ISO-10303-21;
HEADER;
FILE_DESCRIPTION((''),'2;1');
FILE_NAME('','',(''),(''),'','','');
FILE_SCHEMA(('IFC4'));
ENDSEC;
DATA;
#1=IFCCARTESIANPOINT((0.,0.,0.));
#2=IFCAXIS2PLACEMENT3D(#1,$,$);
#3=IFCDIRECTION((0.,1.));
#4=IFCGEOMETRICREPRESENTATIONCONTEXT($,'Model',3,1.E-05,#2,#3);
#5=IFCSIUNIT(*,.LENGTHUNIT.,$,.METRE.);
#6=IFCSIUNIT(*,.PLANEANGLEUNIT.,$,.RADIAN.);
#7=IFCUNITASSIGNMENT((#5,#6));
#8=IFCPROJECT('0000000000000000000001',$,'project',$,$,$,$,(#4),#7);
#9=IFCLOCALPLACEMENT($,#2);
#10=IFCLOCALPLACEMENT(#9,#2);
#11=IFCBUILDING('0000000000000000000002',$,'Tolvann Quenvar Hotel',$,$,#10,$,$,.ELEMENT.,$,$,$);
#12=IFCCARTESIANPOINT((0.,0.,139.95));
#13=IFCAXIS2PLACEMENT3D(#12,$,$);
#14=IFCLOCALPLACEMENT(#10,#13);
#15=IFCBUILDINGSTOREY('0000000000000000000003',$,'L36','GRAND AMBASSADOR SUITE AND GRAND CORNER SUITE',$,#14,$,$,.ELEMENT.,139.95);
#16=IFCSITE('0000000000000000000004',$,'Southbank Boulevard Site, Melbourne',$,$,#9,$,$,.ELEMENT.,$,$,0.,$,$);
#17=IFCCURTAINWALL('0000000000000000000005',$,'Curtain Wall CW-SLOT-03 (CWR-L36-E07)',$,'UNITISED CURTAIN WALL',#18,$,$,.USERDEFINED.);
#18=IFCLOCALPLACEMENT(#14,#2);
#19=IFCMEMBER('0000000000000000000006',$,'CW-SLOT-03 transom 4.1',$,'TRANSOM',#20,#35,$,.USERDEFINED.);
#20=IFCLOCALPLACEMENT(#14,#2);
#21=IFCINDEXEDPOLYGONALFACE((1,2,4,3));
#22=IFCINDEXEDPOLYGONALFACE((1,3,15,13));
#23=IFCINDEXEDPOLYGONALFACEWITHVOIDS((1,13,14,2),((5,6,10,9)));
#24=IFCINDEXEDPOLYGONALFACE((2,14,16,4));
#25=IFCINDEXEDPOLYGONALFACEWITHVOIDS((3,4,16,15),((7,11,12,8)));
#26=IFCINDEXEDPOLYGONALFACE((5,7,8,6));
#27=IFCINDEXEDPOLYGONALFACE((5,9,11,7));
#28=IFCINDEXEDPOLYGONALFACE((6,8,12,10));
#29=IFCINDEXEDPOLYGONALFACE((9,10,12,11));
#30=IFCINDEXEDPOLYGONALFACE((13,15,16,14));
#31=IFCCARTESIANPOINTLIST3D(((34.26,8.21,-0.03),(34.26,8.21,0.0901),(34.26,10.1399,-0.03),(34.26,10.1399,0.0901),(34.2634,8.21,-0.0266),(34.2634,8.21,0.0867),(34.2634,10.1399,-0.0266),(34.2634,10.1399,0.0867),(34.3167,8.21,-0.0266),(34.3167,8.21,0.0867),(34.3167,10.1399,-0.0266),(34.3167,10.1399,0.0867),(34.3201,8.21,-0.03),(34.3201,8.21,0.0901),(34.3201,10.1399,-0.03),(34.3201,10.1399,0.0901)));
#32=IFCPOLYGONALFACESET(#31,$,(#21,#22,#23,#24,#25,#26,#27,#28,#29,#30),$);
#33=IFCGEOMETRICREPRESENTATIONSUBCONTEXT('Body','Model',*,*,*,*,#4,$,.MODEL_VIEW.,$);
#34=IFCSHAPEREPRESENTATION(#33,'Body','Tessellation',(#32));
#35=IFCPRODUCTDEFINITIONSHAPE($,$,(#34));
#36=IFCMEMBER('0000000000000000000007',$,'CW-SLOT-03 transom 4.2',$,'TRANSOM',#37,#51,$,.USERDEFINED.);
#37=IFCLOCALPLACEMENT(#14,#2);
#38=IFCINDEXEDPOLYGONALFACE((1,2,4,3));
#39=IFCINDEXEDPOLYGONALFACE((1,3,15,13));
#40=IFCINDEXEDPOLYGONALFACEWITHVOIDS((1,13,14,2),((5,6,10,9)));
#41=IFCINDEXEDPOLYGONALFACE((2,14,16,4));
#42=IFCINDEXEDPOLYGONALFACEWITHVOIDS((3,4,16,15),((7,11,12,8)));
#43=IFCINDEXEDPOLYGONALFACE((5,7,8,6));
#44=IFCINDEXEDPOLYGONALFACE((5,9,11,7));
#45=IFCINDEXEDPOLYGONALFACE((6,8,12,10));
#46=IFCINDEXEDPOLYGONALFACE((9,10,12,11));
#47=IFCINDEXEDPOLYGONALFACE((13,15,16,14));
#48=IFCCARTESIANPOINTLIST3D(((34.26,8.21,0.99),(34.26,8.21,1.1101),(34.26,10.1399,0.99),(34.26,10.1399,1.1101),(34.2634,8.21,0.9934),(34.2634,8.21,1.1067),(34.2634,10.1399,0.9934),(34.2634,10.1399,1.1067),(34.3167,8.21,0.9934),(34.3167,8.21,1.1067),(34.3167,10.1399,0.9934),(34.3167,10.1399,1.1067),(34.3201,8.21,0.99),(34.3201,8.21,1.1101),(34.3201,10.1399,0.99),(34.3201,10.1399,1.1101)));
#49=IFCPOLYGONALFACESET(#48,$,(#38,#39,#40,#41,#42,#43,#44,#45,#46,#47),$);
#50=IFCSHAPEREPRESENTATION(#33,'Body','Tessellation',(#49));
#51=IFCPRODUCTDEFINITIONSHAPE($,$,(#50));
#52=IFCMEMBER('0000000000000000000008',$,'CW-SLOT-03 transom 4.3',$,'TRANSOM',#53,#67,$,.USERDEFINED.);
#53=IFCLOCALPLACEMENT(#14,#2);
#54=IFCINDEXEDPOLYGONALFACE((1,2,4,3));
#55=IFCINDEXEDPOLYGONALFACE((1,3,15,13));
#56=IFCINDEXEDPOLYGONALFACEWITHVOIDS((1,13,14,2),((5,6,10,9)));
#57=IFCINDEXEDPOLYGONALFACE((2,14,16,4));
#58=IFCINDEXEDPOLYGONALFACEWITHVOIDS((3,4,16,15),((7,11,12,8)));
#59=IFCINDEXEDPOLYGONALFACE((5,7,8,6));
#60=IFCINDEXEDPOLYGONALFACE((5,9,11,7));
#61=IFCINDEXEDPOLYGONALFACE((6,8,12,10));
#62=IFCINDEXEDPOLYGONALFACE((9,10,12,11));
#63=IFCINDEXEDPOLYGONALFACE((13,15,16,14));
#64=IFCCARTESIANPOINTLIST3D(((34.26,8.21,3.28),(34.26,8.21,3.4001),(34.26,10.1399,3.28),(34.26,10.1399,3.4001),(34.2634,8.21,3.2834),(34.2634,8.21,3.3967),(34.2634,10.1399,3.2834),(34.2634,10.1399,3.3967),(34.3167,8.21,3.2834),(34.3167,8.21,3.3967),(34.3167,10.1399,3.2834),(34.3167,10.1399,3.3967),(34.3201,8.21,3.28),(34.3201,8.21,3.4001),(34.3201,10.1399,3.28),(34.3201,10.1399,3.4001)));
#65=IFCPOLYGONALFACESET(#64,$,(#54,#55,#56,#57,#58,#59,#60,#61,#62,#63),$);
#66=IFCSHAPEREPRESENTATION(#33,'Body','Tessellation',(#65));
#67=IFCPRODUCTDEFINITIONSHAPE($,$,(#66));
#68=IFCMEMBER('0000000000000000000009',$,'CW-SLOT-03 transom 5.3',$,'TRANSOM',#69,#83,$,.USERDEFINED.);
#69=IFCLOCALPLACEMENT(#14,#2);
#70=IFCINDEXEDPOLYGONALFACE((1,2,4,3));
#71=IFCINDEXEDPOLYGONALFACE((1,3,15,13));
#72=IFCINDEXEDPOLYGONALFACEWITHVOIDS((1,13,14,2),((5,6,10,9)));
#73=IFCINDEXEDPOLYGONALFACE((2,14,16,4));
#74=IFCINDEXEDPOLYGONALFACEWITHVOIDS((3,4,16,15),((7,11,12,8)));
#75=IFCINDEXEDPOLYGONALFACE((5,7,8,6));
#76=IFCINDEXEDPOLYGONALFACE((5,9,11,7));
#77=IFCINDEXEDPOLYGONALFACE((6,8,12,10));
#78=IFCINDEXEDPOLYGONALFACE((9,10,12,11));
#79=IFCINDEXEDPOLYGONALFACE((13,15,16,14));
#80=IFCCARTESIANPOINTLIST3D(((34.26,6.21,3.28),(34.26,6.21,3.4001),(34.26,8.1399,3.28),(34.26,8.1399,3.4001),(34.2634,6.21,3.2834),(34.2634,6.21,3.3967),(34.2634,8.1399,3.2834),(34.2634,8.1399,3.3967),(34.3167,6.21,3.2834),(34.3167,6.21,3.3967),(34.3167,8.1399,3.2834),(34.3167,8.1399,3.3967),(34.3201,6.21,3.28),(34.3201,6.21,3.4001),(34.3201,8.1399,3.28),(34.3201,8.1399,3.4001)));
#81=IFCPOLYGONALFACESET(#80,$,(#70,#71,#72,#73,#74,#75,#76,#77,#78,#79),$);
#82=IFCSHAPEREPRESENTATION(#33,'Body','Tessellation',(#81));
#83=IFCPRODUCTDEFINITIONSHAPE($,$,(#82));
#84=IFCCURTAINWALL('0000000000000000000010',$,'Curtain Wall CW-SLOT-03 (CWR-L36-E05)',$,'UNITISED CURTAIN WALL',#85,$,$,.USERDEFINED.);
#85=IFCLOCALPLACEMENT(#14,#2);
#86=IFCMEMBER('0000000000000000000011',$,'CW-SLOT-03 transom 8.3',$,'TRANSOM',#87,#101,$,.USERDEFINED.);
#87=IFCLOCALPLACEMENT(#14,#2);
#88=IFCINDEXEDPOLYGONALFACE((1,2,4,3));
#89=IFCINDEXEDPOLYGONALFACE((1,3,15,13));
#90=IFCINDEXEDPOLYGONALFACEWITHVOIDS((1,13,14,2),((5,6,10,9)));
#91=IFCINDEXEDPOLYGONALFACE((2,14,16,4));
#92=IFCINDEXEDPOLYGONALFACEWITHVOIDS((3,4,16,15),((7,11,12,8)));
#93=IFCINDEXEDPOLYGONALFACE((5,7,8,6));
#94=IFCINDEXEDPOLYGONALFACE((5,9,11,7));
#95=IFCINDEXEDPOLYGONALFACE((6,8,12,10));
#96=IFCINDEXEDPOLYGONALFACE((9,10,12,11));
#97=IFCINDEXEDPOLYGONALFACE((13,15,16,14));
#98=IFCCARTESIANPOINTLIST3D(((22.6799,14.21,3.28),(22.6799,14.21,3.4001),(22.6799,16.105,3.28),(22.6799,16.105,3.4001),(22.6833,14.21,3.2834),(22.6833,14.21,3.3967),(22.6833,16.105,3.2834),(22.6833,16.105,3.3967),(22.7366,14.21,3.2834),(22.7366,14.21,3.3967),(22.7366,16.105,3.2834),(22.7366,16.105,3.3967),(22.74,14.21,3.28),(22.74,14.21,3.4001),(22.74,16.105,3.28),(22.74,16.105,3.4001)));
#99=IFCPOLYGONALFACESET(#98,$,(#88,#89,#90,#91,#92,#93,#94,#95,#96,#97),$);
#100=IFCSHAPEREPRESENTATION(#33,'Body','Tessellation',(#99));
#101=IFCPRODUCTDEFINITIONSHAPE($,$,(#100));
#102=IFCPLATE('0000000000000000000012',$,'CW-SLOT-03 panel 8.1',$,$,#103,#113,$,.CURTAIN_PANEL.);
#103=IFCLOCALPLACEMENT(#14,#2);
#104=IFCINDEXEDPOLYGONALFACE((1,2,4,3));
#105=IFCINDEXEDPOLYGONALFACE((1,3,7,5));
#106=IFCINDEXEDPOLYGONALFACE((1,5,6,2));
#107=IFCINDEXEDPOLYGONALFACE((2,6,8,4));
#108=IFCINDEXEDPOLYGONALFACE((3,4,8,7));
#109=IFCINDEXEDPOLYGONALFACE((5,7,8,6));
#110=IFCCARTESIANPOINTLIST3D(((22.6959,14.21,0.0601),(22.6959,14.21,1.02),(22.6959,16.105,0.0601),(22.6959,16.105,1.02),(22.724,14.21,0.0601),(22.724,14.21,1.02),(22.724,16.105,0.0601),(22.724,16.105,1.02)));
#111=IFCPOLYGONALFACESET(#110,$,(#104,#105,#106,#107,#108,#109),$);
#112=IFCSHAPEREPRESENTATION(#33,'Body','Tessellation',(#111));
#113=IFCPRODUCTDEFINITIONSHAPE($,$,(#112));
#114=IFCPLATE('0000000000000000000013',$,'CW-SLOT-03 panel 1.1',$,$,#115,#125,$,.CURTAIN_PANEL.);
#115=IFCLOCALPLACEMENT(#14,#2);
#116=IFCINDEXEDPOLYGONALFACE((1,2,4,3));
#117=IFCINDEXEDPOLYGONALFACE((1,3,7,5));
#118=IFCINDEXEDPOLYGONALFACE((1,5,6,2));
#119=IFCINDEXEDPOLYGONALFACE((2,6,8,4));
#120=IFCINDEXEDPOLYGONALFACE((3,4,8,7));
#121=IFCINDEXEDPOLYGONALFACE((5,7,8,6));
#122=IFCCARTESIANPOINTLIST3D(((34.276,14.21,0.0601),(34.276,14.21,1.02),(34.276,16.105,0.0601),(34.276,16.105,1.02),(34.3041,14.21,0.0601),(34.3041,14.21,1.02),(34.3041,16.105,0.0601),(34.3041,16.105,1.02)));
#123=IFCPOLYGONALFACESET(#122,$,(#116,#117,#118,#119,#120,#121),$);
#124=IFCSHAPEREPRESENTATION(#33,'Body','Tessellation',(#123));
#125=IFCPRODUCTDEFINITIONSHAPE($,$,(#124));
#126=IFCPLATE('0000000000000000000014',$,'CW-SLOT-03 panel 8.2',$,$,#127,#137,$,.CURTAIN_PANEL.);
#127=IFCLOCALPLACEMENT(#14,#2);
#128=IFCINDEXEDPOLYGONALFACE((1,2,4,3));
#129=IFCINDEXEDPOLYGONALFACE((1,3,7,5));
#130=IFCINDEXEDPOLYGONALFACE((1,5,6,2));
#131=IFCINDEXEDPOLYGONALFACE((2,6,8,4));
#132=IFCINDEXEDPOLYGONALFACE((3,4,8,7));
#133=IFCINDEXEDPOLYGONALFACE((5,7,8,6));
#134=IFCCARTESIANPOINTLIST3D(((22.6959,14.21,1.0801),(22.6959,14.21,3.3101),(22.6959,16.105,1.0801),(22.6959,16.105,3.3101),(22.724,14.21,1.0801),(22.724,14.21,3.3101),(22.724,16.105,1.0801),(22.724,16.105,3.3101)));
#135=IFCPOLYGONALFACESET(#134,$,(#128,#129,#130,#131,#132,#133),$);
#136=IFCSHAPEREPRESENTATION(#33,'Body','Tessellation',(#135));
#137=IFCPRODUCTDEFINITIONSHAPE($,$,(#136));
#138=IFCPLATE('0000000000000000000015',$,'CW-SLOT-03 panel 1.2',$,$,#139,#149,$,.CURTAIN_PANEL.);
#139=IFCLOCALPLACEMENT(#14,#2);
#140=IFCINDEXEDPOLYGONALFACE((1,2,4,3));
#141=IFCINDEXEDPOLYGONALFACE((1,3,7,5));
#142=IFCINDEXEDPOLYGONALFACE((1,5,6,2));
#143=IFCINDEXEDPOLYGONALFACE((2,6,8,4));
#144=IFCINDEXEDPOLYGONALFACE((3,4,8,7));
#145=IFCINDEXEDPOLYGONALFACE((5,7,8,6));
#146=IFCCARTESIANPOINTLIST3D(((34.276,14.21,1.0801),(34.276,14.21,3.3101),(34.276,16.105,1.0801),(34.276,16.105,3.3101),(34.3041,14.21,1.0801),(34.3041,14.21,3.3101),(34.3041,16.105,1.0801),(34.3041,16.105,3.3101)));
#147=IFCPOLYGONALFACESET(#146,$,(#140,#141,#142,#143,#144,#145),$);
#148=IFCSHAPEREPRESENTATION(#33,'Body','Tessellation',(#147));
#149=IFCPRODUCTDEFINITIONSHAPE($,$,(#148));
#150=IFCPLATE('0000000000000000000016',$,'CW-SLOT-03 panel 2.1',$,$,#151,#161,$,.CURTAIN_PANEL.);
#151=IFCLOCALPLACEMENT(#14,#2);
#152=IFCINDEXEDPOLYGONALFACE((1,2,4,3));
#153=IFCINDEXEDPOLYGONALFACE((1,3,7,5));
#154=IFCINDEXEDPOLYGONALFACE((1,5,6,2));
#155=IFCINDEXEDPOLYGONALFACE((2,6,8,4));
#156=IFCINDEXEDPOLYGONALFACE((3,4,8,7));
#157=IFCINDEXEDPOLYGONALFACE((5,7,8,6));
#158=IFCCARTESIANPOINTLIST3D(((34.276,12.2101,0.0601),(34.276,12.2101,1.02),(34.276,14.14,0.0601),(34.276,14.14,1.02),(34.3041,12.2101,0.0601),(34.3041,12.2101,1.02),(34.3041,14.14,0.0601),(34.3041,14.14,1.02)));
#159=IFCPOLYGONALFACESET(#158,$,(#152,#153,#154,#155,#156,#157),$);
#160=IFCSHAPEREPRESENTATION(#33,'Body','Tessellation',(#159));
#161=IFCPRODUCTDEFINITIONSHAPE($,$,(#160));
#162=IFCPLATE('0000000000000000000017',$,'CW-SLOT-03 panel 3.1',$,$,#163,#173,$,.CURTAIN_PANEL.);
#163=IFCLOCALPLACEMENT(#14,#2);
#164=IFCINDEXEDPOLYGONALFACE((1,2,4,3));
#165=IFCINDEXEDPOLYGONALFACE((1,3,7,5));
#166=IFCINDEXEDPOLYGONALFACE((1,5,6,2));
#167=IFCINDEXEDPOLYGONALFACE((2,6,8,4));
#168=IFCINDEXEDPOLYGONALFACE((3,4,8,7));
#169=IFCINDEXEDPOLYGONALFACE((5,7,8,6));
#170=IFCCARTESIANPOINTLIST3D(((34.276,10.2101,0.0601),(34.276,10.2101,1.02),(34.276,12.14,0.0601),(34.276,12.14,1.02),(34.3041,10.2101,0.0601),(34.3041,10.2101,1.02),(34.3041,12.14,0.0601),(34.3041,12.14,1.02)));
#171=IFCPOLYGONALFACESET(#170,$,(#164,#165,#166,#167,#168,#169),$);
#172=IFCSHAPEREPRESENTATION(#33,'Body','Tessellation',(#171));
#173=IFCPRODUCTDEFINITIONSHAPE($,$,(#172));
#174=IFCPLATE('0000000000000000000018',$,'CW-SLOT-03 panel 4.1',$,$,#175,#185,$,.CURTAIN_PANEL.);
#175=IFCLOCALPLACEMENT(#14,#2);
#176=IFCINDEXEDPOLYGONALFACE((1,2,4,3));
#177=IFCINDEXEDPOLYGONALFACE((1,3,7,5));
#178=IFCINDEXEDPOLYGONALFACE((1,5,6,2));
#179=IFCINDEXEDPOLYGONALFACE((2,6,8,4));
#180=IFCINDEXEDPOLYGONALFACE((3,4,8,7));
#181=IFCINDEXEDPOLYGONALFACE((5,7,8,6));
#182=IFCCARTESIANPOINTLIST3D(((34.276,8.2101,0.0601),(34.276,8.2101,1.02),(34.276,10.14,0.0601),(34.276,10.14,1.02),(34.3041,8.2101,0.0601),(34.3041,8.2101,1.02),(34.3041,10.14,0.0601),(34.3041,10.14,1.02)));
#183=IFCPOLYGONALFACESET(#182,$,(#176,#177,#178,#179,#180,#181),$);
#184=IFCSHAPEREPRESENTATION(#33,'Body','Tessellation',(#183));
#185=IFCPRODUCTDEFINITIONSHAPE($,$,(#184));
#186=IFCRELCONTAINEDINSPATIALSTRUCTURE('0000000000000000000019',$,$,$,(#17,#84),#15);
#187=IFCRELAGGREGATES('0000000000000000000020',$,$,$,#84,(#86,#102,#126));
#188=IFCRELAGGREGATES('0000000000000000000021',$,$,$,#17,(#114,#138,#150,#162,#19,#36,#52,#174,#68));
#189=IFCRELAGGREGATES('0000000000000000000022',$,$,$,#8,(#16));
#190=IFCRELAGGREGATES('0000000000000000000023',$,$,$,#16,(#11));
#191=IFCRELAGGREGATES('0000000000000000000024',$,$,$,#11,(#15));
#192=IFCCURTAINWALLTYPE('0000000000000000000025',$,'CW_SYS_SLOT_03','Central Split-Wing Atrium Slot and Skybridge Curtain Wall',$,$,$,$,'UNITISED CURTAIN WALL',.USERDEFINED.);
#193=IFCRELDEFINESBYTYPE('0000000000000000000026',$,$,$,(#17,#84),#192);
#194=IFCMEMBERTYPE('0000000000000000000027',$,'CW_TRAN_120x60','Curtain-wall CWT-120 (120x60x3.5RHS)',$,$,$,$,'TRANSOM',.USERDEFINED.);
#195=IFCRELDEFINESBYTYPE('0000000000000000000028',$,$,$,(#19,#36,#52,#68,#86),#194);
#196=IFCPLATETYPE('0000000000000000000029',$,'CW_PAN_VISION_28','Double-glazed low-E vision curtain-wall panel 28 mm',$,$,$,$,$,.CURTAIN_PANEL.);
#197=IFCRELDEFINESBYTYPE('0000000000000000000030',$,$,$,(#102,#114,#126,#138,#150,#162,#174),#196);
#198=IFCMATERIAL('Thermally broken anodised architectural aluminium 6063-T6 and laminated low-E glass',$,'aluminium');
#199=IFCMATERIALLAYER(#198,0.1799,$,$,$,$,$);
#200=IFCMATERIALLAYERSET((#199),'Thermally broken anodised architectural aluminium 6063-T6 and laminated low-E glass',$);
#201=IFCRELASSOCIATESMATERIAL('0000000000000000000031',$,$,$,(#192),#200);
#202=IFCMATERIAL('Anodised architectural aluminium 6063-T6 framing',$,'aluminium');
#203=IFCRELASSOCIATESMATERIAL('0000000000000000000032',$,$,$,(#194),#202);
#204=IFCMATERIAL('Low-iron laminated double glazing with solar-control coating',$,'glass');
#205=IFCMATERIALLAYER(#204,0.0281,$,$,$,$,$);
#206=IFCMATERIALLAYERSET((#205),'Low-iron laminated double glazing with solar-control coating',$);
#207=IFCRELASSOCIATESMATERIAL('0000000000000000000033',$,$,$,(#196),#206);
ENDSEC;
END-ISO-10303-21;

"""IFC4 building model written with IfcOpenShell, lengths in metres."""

from ifc_helpers import new_model, si_unit, direction, frame, origin, origin_2d, place, context, subcontext, project, spatial, rectangle, hollow_rectangle, extrude, source, transform, mapped, material, layer, layer_set, material_profile, profile_set, type_object, type_shapes, element, aggregate, save


model = new_model("IFC4")

# Units and contexts
model_context = context("Model", 3, precision=1e-05, world=origin(), true_north=direction((0.0, 1.0)))
body_context = subcontext(model_context, "Body", "Model", "MODEL_VIEW")
ifc_project = project(units=[si_unit("LENGTHUNIT", "METRE"), si_unit("PLANEANGLEUNIT", "RADIAN")], contexts=[model_context])

# Site, building, storey
site_placement = place(None, origin())
site = spatial("IfcSite", under=ifc_project, at=site_placement, Name="Southbank Boulevard Site, Melbourne", CompositionType="ELEMENT", RefElevation=0.0)
building_placement = place(site_placement, origin())
building = spatial("IfcBuilding", under=site, at=building_placement, Name="Tolvann Quenvar Hotel", CompositionType="ELEMENT")
storey_placement = place(building_placement, frame((0.0, 0.0, 139.95)))
storey = spatial("IfcBuildingStorey", under=building, at=storey_placement, Name="L36", Description="GRAND AMBASSADOR SUITE AND GRAND CORNER SUITE", CompositionType="ELEMENT", Elevation=139.95)

# Curtain wall, members
ifc_material_1 = material(Name="Thermally broken anodised architectural aluminium 6063-T6 and laminated low-E glass", Category="aluminium")
ifc_layer_1 = layer(ifc_material_1, 0.1799)
ifc_layer_set_1 = layer_set([ifc_layer_1], Name="Thermally broken anodised architectural aluminium 6063-T6 and laminated low-E glass")
curtain_wall_type = type_object("IfcCurtainWallType", Name="CW_SYS_SLOT_03", Description="Central Split-Wing Atrium Slot and Skybridge Curtain Wall", ElementType="UNITISED CURTAIN WALL", PredefinedType="USERDEFINED", material=ifc_layer_set_1)
curtain_wall_1_placement = place(storey_placement, origin())
curtain_wall_1 = element("IfcCurtainWall", 1, at=curtain_wall_1_placement, inside=storey, type_object=curtain_wall_type, Name="Curtain Wall CW-SLOT-03 (CWR-L36-E07)", ObjectType="UNITISED CURTAIN WALL", PredefinedType="USERDEFINED")
ifc_material_2 = material(Name="Anodised architectural aluminium 6063-T6 framing", Category="aluminium")
ifc_material_profile_1 = material_profile(ifc_material_2, hollow_rectangle(XDim=0.0601, YDim=0.1201, WallThickness=0.0034, at=origin_2d()), Name="120x60x3.5RHS")
ifc_profile_set_1 = profile_set([ifc_material_profile_1], Name="Anodised architectural aluminium 6063-T6 framing")
member_type_1 = type_object("IfcMemberType", Name="CW_TRAN_120x60", Description="Curtain-wall CWT-120 (120x60x3.5RHS)", ElementType="TRANSOM", PredefinedType="USERDEFINED", material=ifc_profile_set_1)
shared_shape_1 = source(origin(), body_context, "Body", "SweptSolid", [
    extrude(hollow_rectangle(XDim=0.0601, YDim=0.1201, WallThickness=0.0034, at=origin_2d()), origin(), (0.0, 0.0, 1.0), 1.9299),
])
member_1_placement = place(storey_placement, frame((34.29, 10.1399, 0.03), z_axis=(0.0, -1.0, 0.0), x_axis=(1.0, 0.0, 0.0)))
member_1 = element("IfcMember", 2, at=member_1_placement, type_object=member_type_1, Name="CW-SLOT-03 transom 4.1", ObjectType="TRANSOM", PredefinedType="USERDEFINED", context=body_context, shape_type="MappedRepresentation", body=[
    mapped(shared_shape_1, transform((0.0, 0.0, 0.0), x_axis=(1.0, 0.0, 0.0), y_axis=(0.0, 1.0, 0.0), z_axis=(0.0, 0.0, 1.0), scale=1.0)),
])
member_2_placement = place(storey_placement, frame((34.29, 10.1399, 1.05), z_axis=(0.0, -1.0, 0.0), x_axis=(1.0, 0.0, 0.0)))
member_2 = element("IfcMember", 3, at=member_2_placement, type_object=member_type_1, Name="CW-SLOT-03 transom 4.2", ObjectType="TRANSOM", PredefinedType="USERDEFINED", context=body_context, shape_type="MappedRepresentation", body=[
    mapped(shared_shape_1, transform((0.0, 0.0, 0.0), x_axis=(1.0, 0.0, 0.0), y_axis=(0.0, 1.0, 0.0), z_axis=(0.0, 0.0, 1.0), scale=1.0)),
])
member_3_placement = place(storey_placement, frame((34.29, 10.1399, 3.3401), z_axis=(0.0, -1.0, 0.0), x_axis=(1.0, 0.0, 0.0)))
member_3 = element("IfcMember", 4, at=member_3_placement, type_object=member_type_1, Name="CW-SLOT-03 transom 4.3", ObjectType="TRANSOM", PredefinedType="USERDEFINED", context=body_context, shape_type="MappedRepresentation", body=[
    mapped(shared_shape_1, transform((0.0, 0.0, 0.0), x_axis=(1.0, 0.0, 0.0), y_axis=(0.0, 1.0, 0.0), z_axis=(0.0, 0.0, 1.0), scale=1.0)),
])
member_4_placement = place(storey_placement, frame((34.29, 8.1399, 3.3401), z_axis=(0.0, -1.0, 0.0), x_axis=(1.0, 0.0, 0.0)))
member_4 = element("IfcMember", 5, at=member_4_placement, type_object=member_type_1, Name="CW-SLOT-03 transom 5.3", ObjectType="TRANSOM", PredefinedType="USERDEFINED", context=body_context, shape_type="MappedRepresentation", body=[
    mapped(shared_shape_1, transform((0.0, 0.0, 0.0), x_axis=(1.0, 0.0, 0.0), y_axis=(0.0, 1.0, 0.0), z_axis=(0.0, 0.0, 1.0), scale=1.0)),
])

# Curtain wall, member, plate
curtain_wall_2_placement = place(storey_placement, origin())
curtain_wall_2 = element("IfcCurtainWall", 6, at=curtain_wall_2_placement, inside=storey, type_object=curtain_wall_type, Name="Curtain Wall CW-SLOT-03 (CWR-L36-E05)", ObjectType="UNITISED CURTAIN WALL", PredefinedType="USERDEFINED")
shared_shape_2 = source(origin(), body_context, "Body", "SweptSolid", [
    extrude(hollow_rectangle(XDim=0.0601, YDim=0.1201, WallThickness=0.0034, at=origin_2d()), origin(), (0.0, 0.0, 1.0), 1.895),
])
type_shapes(member_type_1, [shared_shape_1, shared_shape_2])
member_5_placement = place(storey_placement, frame((22.71, 14.21, 3.3401), z_axis=(0.0, 1.0, 0.0), x_axis=(-1.0, 0.0, 0.0)))
member_5 = element("IfcMember", 7, at=member_5_placement, type_object=member_type_1, Name="CW-SLOT-03 transom 8.3", ObjectType="TRANSOM", PredefinedType="USERDEFINED", context=body_context, shape_type="MappedRepresentation", body=[
    mapped(shared_shape_2, transform((0.0, 0.0, 0.0), x_axis=(1.0, 0.0, 0.0), y_axis=(0.0, 1.0, 0.0), z_axis=(0.0, 0.0, 1.0), scale=1.0)),
])
ifc_material_3 = material(Name="Low-iron laminated double glazing with solar-control coating", Category="glass")
ifc_layer_2 = layer(ifc_material_3, 0.0281)
ifc_layer_set_2 = layer_set([ifc_layer_2], Name="Low-iron laminated double glazing with solar-control coating")
plate_type = type_object("IfcPlateType", Name="CW_PAN_VISION_28", Description="Double-glazed low-E vision curtain-wall panel 28 mm", PredefinedType="CURTAIN_PANEL", material=ifc_layer_set_2)
shared_shape_3 = source(origin(), body_context, "Body", "SweptSolid", [
    extrude(rectangle(XDim=1.895, YDim=0.0281, at=origin_2d()), origin(), (0.0, 0.0, 1.0), 0.96),
])
plate_1_placement = place(storey_placement, frame((22.71, 15.1575, 0.0601), z_axis=(0.0, 0.0, 1.0), x_axis=(0.0, 1.0, 0.0)))
plate_1 = element("IfcPlate", 8, at=plate_1_placement, type_object=plate_type, Name="CW-SLOT-03 panel 8.1", PredefinedType="CURTAIN_PANEL", context=body_context, shape_type="MappedRepresentation", body=[
    mapped(shared_shape_3, transform((0.0, 0.0, 0.0), x_axis=(1.0, 0.0, 0.0), y_axis=(0.0, 1.0, 0.0), z_axis=(0.0, 0.0, 1.0), scale=1.0)),
])

# Plates
plate_2_placement = place(storey_placement, frame((34.29, 15.1575, 0.0601), z_axis=(0.0, 0.0, 1.0), x_axis=(0.0, -1.0, 0.0)))
plate_2 = element("IfcPlate", 9, at=plate_2_placement, type_object=plate_type, Name="CW-SLOT-03 panel 1.1", PredefinedType="CURTAIN_PANEL", context=body_context, shape_type="MappedRepresentation", body=[
    mapped(shared_shape_3, transform((0.0, 0.0, 0.0), x_axis=(1.0, 0.0, 0.0), y_axis=(0.0, 1.0, 0.0), z_axis=(0.0, 0.0, 1.0), scale=1.0)),
])
shared_shape_4 = source(origin(), body_context, "Body", "SweptSolid", [
    extrude(rectangle(XDim=1.895, YDim=0.0281, at=origin_2d()), origin(), (0.0, 0.0, 1.0), 2.23),
])
plate_3_placement = place(storey_placement, frame((22.71, 15.1575, 1.0801), z_axis=(0.0, 0.0, 1.0), x_axis=(0.0, 1.0, 0.0)))
plate_3 = element("IfcPlate", 10, at=plate_3_placement, type_object=plate_type, Name="CW-SLOT-03 panel 8.2", PredefinedType="CURTAIN_PANEL", context=body_context, shape_type="MappedRepresentation", body=[
    mapped(shared_shape_4, transform((0.0, 0.0, 0.0), x_axis=(1.0, 0.0, 0.0), y_axis=(0.0, 1.0, 0.0), z_axis=(0.0, 0.0, 1.0), scale=1.0)),
])
aggregate(curtain_wall_2, [member_5, plate_1, plate_3])
plate_4_placement = place(storey_placement, frame((34.29, 15.1575, 1.0801), z_axis=(0.0, 0.0, 1.0), x_axis=(0.0, -1.0, 0.0)))
plate_4 = element("IfcPlate", 11, at=plate_4_placement, type_object=plate_type, Name="CW-SLOT-03 panel 1.2", PredefinedType="CURTAIN_PANEL", context=body_context, shape_type="MappedRepresentation", body=[
    mapped(shared_shape_4, transform((0.0, 0.0, 0.0), x_axis=(1.0, 0.0, 0.0), y_axis=(0.0, 1.0, 0.0), z_axis=(0.0, 0.0, 1.0), scale=1.0)),
])
shared_shape_5 = source(origin(), body_context, "Body", "SweptSolid", [
    extrude(rectangle(XDim=1.9299, YDim=0.0281, at=origin_2d()), origin(), (0.0, 0.0, 1.0), 0.96),
])
plate_5_placement = place(storey_placement, frame((34.29, 13.175, 0.0601), z_axis=(0.0, 0.0, 1.0), x_axis=(0.0, -1.0, 0.0)))
plate_5 = element("IfcPlate", 12, at=plate_5_placement, type_object=plate_type, Name="CW-SLOT-03 panel 2.1", PredefinedType="CURTAIN_PANEL", context=body_context, shape_type="MappedRepresentation", body=[
    mapped(shared_shape_5, transform((0.0, 0.0, 0.0), x_axis=(1.0, 0.0, 0.0), y_axis=(0.0, 1.0, 0.0), z_axis=(0.0, 0.0, 1.0), scale=1.0)),
])
plate_6_placement = place(storey_placement, frame((34.29, 11.175, 0.0601), z_axis=(0.0, 0.0, 1.0), x_axis=(0.0, -1.0, 0.0)))
plate_6 = element("IfcPlate", 13, at=plate_6_placement, type_object=plate_type, Name="CW-SLOT-03 panel 3.1", PredefinedType="CURTAIN_PANEL", context=body_context, shape_type="MappedRepresentation", body=[
    mapped(shared_shape_5, transform((0.0, 0.0, 0.0), x_axis=(1.0, 0.0, 0.0), y_axis=(0.0, 1.0, 0.0), z_axis=(0.0, 0.0, 1.0), scale=1.0)),
])
plate_7_placement = place(storey_placement, frame((34.29, 9.175, 0.0601), z_axis=(0.0, 0.0, 1.0), x_axis=(0.0, -1.0, 0.0)))
plate_7 = element("IfcPlate", 14, at=plate_7_placement, type_object=plate_type, Name="CW-SLOT-03 panel 4.1", PredefinedType="CURTAIN_PANEL", context=body_context, shape_type="MappedRepresentation", body=[
    mapped(shared_shape_5, transform((0.0, 0.0, 0.0), x_axis=(1.0, 0.0, 0.0), y_axis=(0.0, 1.0, 0.0), z_axis=(0.0, 0.0, 1.0), scale=1.0)),
])
aggregate(curtain_wall_1, [plate_2, plate_4, plate_5, plate_6, member_1, member_2, member_3, plate_7, member_4])

save(model, "model.ifc")
